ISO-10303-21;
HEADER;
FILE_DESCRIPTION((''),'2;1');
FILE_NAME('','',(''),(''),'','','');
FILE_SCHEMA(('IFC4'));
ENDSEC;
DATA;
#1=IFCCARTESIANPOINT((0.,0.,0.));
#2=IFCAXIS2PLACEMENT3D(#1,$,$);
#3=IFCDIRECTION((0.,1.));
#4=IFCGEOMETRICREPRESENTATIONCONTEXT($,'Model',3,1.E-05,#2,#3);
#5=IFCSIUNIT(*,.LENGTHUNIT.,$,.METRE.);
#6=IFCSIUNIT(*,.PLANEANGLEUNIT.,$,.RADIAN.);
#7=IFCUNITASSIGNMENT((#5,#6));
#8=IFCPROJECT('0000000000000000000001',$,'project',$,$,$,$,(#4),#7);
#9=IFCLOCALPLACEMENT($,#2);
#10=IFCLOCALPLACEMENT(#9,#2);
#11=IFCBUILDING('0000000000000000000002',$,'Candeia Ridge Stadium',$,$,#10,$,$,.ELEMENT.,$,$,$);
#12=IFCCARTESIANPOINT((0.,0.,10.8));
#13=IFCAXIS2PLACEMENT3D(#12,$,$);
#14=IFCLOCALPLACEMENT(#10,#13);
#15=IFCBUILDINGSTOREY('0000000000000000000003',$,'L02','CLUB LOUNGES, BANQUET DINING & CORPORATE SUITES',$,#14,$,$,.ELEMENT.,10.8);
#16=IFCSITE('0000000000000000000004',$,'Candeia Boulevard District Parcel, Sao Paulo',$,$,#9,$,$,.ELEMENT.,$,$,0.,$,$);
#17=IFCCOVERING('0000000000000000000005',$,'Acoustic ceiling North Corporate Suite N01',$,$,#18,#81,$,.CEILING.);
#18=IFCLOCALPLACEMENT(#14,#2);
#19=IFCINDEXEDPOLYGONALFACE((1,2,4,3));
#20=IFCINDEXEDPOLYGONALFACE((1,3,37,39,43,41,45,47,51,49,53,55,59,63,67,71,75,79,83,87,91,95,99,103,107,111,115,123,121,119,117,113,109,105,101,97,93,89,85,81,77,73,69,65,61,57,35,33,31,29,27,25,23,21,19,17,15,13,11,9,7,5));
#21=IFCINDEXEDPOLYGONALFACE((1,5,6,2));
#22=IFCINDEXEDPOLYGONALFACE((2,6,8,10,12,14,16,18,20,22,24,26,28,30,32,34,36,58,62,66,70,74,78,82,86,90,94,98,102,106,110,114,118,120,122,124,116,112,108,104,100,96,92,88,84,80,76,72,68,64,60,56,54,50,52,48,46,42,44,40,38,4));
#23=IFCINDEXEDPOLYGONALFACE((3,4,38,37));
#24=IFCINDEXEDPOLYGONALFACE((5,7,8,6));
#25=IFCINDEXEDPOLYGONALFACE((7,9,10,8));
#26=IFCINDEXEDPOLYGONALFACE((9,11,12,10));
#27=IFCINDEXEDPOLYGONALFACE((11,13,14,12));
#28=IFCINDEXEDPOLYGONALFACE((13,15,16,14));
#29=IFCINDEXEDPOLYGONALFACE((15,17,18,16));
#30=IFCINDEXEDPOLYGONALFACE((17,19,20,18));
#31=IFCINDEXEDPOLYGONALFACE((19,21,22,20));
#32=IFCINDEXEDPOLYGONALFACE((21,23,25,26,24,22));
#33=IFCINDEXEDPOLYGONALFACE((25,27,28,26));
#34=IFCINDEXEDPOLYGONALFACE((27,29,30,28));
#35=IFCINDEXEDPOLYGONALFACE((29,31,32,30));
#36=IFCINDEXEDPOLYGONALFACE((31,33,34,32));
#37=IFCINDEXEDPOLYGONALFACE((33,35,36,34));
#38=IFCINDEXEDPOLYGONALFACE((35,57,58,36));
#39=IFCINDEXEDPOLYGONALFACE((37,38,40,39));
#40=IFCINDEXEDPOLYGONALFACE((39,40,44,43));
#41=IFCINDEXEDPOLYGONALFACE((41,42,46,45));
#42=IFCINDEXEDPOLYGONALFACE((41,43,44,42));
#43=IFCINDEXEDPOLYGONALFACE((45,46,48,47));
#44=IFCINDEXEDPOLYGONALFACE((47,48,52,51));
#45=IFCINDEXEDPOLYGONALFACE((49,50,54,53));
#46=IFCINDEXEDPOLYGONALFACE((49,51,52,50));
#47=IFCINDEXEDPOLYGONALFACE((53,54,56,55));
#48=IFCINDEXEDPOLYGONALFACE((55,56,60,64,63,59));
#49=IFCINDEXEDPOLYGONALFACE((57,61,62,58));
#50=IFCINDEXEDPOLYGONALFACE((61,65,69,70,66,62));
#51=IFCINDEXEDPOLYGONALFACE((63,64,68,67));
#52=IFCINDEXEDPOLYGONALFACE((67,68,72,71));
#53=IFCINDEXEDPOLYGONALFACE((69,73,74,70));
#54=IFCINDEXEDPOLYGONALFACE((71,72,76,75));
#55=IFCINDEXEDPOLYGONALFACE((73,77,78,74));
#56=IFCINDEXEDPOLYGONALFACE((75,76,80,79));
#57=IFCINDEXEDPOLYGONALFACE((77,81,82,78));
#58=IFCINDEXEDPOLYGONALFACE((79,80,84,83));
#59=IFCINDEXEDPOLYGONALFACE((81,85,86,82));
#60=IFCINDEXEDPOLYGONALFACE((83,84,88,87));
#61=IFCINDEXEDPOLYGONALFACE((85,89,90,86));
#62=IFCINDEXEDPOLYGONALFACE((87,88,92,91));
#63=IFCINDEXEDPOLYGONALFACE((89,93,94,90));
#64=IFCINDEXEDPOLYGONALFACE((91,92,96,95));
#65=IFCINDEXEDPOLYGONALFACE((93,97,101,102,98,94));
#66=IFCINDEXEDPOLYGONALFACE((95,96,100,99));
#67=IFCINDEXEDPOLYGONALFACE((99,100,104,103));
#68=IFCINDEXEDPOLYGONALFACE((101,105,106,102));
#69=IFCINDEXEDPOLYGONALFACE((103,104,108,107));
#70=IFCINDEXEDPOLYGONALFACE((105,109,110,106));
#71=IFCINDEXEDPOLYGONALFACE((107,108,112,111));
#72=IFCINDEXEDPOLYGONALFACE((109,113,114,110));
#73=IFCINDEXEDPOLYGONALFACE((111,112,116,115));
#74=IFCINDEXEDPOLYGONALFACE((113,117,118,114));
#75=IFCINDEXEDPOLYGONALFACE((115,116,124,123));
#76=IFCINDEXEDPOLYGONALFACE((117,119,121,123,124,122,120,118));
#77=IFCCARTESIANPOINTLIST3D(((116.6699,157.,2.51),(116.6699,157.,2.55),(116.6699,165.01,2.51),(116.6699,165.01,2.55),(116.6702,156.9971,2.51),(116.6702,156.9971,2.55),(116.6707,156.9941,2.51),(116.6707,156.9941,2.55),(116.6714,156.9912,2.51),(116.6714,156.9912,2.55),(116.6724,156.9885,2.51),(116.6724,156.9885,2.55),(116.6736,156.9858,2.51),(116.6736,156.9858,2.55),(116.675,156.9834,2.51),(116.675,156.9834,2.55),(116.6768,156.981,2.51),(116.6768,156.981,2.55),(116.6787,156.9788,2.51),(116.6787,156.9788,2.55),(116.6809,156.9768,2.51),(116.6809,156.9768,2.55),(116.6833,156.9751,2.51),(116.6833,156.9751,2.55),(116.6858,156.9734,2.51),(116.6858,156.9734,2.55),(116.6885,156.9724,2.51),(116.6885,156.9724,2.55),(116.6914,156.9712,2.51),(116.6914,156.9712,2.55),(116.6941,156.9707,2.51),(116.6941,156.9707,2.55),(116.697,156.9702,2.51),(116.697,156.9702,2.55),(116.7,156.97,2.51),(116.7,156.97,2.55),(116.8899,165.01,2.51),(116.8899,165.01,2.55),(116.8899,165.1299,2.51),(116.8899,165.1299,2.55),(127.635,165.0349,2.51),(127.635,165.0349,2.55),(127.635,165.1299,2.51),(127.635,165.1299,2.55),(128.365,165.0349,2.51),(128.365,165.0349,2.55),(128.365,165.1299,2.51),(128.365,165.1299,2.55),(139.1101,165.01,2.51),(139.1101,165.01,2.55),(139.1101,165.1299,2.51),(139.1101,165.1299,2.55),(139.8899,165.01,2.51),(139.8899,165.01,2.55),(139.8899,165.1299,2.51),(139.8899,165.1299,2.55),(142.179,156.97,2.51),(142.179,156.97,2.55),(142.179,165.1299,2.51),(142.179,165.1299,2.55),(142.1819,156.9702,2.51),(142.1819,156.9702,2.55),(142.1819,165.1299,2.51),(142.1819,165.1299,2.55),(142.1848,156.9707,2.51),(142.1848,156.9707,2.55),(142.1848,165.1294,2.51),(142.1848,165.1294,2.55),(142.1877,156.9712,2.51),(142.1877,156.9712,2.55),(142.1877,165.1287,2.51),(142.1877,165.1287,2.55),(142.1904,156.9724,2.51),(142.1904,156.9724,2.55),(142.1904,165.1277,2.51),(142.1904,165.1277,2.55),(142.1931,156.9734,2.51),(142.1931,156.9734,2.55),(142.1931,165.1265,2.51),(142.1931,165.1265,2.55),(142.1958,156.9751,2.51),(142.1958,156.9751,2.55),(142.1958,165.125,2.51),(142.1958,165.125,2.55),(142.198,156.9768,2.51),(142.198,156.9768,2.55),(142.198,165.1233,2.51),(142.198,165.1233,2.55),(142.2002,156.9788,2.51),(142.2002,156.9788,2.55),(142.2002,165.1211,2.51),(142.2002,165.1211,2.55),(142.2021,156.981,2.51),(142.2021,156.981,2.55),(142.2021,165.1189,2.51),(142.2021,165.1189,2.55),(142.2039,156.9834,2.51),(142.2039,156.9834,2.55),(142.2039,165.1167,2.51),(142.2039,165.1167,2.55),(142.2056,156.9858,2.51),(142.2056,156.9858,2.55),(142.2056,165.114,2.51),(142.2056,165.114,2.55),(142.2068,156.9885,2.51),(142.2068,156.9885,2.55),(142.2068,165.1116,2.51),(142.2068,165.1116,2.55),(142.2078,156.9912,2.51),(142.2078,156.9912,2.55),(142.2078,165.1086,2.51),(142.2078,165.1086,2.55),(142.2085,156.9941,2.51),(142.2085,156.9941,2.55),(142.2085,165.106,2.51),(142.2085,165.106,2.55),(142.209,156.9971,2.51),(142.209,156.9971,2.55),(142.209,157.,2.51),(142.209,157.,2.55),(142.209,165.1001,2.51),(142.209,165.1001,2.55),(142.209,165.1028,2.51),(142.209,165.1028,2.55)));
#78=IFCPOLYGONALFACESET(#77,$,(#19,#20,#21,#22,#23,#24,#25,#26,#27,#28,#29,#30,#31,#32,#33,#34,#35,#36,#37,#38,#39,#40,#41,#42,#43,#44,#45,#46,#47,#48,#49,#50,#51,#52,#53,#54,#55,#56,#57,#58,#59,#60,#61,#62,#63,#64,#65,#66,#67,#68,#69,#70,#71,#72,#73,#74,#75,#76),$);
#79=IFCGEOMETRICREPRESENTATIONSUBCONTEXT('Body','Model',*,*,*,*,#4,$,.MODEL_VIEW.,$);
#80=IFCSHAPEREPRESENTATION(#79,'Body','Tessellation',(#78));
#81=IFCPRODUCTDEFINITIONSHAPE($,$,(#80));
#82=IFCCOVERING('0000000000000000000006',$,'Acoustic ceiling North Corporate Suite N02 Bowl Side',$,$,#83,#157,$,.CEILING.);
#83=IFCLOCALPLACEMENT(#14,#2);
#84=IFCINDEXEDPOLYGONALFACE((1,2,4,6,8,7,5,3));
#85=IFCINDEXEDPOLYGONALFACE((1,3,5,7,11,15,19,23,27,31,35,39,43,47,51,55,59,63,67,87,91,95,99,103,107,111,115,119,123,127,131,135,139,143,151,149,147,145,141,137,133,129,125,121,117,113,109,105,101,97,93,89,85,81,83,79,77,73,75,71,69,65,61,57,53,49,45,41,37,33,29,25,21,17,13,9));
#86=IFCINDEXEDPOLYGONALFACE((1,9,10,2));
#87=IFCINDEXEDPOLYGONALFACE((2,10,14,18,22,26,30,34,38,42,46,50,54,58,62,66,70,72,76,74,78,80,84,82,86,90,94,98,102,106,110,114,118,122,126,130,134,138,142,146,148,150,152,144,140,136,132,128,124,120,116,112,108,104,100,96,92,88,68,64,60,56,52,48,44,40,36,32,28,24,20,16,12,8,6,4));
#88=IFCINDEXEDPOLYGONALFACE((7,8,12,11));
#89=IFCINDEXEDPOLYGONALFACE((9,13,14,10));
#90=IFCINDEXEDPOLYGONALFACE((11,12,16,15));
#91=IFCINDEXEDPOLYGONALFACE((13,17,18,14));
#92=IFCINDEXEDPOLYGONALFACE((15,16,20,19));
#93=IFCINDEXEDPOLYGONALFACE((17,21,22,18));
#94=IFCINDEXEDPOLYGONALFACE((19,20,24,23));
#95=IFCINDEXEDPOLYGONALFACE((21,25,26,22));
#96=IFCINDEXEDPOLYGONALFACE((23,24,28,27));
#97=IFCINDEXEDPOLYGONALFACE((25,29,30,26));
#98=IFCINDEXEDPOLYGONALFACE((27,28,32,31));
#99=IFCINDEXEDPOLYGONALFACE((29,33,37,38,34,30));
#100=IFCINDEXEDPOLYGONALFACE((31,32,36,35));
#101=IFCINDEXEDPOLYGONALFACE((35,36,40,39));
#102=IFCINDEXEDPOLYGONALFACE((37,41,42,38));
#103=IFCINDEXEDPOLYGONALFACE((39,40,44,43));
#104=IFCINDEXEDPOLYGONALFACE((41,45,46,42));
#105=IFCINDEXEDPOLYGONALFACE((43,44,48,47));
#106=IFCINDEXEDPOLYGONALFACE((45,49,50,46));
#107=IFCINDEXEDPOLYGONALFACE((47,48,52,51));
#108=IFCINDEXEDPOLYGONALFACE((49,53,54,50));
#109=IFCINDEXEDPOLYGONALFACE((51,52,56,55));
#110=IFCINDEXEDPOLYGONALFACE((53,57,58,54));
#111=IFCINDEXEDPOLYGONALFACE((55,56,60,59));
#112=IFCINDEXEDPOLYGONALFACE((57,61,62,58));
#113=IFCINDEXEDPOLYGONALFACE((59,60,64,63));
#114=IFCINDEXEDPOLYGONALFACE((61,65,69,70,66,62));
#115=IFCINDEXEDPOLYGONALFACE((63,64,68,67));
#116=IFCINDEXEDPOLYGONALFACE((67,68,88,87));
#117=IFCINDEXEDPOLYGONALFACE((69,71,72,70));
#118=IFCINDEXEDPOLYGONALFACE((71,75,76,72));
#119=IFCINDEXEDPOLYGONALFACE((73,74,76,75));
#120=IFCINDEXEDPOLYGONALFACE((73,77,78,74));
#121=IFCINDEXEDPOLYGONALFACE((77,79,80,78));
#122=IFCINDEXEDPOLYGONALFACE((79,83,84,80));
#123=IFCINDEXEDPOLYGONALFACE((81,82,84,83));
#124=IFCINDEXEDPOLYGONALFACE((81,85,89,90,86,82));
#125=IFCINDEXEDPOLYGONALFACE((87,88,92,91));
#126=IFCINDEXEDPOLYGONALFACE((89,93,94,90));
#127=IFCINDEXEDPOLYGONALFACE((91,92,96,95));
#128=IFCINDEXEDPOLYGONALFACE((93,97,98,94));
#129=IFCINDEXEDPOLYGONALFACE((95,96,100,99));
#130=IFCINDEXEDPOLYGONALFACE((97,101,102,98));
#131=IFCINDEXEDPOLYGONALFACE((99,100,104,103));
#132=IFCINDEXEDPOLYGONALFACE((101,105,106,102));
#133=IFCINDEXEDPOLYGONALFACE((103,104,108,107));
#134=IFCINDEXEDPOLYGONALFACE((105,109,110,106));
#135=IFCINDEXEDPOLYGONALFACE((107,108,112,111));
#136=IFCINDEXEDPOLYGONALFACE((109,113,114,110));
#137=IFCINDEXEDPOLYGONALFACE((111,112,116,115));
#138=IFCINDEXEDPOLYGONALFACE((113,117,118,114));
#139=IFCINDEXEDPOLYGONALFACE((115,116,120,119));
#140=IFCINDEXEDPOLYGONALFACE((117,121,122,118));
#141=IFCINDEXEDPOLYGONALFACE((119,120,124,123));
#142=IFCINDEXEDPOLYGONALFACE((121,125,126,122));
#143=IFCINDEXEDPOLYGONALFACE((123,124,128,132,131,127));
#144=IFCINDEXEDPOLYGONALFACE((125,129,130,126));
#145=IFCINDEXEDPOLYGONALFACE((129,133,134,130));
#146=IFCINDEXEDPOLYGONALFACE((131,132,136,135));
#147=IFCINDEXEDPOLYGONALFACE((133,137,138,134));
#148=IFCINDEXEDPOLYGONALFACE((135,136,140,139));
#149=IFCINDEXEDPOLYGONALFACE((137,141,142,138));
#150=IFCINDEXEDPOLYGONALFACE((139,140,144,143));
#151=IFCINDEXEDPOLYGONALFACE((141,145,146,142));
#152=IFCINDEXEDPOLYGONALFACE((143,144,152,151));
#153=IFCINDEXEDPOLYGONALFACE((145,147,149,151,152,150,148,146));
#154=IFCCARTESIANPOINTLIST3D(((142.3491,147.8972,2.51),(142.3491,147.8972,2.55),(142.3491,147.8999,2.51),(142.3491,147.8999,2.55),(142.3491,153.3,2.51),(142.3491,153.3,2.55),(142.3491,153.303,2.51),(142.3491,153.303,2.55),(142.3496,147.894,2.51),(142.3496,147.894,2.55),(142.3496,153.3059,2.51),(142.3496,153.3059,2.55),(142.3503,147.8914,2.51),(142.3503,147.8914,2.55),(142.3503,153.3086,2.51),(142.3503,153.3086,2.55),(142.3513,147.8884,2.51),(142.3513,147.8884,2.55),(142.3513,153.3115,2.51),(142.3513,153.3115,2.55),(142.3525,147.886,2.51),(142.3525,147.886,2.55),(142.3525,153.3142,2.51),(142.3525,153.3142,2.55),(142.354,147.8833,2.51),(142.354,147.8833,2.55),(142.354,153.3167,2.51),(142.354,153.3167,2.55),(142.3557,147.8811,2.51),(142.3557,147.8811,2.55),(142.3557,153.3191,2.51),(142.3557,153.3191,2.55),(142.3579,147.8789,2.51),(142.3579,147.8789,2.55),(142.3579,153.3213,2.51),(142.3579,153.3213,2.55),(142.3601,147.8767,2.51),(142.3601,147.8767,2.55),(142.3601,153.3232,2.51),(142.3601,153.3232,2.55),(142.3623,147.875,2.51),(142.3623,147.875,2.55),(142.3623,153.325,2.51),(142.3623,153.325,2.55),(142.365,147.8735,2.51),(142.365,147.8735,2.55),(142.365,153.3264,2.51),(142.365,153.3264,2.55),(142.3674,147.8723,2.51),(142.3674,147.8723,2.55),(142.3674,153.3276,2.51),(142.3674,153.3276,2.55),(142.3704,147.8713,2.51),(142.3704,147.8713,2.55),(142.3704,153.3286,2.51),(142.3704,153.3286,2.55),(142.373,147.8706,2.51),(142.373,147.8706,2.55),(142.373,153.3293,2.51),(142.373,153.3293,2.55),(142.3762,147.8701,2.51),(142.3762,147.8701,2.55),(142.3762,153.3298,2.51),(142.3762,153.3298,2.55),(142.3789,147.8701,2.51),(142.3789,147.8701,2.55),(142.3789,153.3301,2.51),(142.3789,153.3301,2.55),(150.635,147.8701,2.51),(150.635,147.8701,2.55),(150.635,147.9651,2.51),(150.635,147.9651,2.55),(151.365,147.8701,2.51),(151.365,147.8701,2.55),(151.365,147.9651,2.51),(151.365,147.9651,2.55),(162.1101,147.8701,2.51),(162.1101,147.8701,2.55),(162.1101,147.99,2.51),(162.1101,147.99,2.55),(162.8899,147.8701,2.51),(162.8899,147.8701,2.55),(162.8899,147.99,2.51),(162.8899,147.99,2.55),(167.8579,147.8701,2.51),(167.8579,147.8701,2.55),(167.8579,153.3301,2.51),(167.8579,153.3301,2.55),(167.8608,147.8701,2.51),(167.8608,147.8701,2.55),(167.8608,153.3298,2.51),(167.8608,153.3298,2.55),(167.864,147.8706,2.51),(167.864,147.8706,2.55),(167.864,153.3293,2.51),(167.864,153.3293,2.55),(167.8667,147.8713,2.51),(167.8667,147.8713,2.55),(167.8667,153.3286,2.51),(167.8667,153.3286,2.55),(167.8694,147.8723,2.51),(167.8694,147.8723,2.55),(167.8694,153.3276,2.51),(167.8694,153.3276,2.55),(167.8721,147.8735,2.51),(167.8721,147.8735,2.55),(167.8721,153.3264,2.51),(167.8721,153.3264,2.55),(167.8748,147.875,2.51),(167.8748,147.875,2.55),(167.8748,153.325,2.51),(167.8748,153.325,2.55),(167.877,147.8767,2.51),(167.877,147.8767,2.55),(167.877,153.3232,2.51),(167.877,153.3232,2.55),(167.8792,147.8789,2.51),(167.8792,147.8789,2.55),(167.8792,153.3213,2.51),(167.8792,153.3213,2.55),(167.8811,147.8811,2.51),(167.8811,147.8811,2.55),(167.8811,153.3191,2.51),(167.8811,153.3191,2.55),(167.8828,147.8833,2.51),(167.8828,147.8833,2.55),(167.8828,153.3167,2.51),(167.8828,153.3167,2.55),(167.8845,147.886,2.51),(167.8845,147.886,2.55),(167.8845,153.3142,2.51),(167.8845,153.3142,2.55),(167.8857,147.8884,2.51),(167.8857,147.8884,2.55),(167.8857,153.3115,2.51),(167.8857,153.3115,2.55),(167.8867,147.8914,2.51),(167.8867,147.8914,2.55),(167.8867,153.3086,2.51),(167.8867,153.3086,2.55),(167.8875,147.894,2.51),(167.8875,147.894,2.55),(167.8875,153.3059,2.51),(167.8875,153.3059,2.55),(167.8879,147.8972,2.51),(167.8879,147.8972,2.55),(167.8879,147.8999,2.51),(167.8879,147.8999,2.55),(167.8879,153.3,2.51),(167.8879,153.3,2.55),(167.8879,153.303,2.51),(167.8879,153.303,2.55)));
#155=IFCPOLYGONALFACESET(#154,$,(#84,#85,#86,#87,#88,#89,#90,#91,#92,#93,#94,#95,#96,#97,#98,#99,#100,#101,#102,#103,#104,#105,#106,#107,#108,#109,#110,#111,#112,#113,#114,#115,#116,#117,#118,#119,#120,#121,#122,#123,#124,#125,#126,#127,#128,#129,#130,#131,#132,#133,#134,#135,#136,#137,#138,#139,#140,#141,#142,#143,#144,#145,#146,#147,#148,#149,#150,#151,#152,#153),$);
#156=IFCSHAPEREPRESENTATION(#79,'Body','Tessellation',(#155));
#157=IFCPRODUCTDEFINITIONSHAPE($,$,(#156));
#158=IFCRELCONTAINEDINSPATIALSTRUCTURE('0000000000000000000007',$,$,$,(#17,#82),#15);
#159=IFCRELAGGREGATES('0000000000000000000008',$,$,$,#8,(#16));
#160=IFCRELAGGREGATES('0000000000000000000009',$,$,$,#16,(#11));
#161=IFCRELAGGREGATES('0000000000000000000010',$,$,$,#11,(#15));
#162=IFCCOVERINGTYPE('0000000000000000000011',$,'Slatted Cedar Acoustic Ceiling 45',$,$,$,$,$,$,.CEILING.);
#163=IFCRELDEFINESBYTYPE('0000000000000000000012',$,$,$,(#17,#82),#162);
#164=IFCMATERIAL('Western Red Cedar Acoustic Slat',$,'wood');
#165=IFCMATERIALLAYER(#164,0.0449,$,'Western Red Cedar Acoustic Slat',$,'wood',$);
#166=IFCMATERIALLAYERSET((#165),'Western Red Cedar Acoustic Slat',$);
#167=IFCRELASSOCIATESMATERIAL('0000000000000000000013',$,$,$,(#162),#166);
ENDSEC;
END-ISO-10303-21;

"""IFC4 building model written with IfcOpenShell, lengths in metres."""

from ifc_helpers import new_model, si_unit, direction, frame, origin, place, context, subcontext, project, spatial, polyline, outline, extrude, material, layer, layer_set, type_object, element, save


model = new_model("IFC4")

# Units and contexts
model_context = context("Model", 3, precision=1e-05, world=origin(), true_north=direction((0.0, 1.0)))
body_context = subcontext(model_context, "Body", "Model", "MODEL_VIEW")
ifc_project = project(units=[si_unit("LENGTHUNIT", "METRE"), si_unit("PLANEANGLEUNIT", "RADIAN")], contexts=[model_context])

# Site, building, storey
site_placement = place(None, origin())
site = spatial("IfcSite", under=ifc_project, at=site_placement, Name="Candeia Boulevard District Parcel, Sao Paulo", CompositionType="ELEMENT", RefElevation=0.0)
building_placement = place(site_placement, origin())
building = spatial("IfcBuilding", under=site, at=building_placement, Name="Candeia Ridge Stadium", CompositionType="ELEMENT")
storey_placement = place(building_placement, frame((0.0, 0.0, 10.8)))
storey = spatial("IfcBuildingStorey", under=building, at=storey_placement, Name="L02", Description="CLUB LOUNGES, BANQUET DINING & CORPORATE SUITES", CompositionType="ELEMENT", Elevation=10.8)

# Coverings
ifc_material_1 = material(Name="Western Red Cedar Acoustic Slat", Category="wood")
ifc_layer_1 = layer(ifc_material_1, 0.0449, Name="Western Red Cedar Acoustic Slat", Category="wood")
ifc_layer_set_1 = layer_set([ifc_layer_1], Name="Western Red Cedar Acoustic Slat")
covering_type_1 = type_object("IfcCoveringType", Name="Slatted Cedar Acoustic Ceiling 45", PredefinedType="CEILING", material=ifc_layer_set_1)
covering_1_placement = place(storey_placement, frame((0.0, 0.0, 2.51)))
element("IfcCovering", 1, at=covering_1_placement, inside=storey, type_object=covering_type_1, Name="Acoustic ceiling North Corporate Suite N01", PredefinedType="CEILING", context=body_context, shape_type="SweptSolid", body=[
    extrude(outline(polyline([(116.6941, 156.9707), (116.6914, 156.9712), (116.6885, 156.9724), (116.6858, 156.9734), (116.6833, 156.9751), (116.6809, 156.9768), (116.6787, 156.9788), (116.6768, 156.981), (116.675, 156.9834), (116.6736, 156.9858), (116.6724, 156.9885), (116.6714, 156.9912), (116.6707, 156.9941), (116.6702, 156.9971), (116.6699, 157.0), (116.6699, 165.01), (116.8899, 165.01), (116.8899, 165.1299), (127.635, 165.1299), (127.635, 165.0349), (128.365, 165.0349), (128.365, 165.1299), (139.1101, 165.1299), (139.1101, 165.01), (139.8899, 165.01), (139.8899, 165.1299), (142.179, 165.1299), (142.1819, 165.1299), (142.1848, 165.1294), (142.1877, 165.1287), (142.1904, 165.1277), (142.1931, 165.1265), (142.1958, 165.125), (142.198, 165.1233), (142.2002, 165.1211), (142.2021, 165.1189), (142.2039, 165.1167), (142.2056, 165.114), (142.2068, 165.1116), (142.2078, 165.1086), (142.2085, 165.106), (142.209, 165.1028), (142.209, 165.1001), (142.209, 157.0), (142.209, 156.9971), (142.2085, 156.9941), (142.2078, 156.9912), (142.2068, 156.9885), (142.2056, 156.9858), (142.2039, 156.9834), (142.2021, 156.981), (142.2002, 156.9788), (142.198, 156.9768), (142.1958, 156.9751), (142.1931, 156.9734), (142.1904, 156.9724), (142.1877, 156.9712), (142.1848, 156.9707), (142.1819, 156.9702), (142.179, 156.97), (116.7, 156.97), (116.697, 156.9702), (116.6941, 156.9707)])), origin(), (0.0, 0.0, 1.0), 0.04),
])
covering_2_placement = place(storey_placement, frame((0.0, 0.0, 2.51)))
element("IfcCovering", 2, at=covering_2_placement, inside=storey, type_object=covering_type_1, Name="Acoustic ceiling North Corporate Suite N02 Bowl Side", PredefinedType="CEILING", context=body_context, shape_type="SweptSolid", body=[
    extrude(outline(polyline([(142.373, 147.8706), (142.3704, 147.8713), (142.3674, 147.8723), (142.365, 147.8735), (142.3623, 147.875), (142.3601, 147.8767), (142.3579, 147.8789), (142.3557, 147.8811), (142.354, 147.8833), (142.3525, 147.886), (142.3513, 147.8884), (142.3503, 147.8914), (142.3496, 147.894), (142.3491, 147.8972), (142.3491, 147.8999), (142.3491, 153.3), (142.3491, 153.303), (142.3496, 153.3059), (142.3503, 153.3086), (142.3513, 153.3115), (142.3525, 153.3142), (142.354, 153.3167), (142.3557, 153.3191), (142.3579, 153.3213), (142.3601, 153.3232), (142.3623, 153.325), (142.365, 153.3264), (142.3674, 153.3276), (142.3704, 153.3286), (142.373, 153.3293), (142.3762, 153.3298), (142.3789, 153.3301), (167.8579, 153.3301), (167.8608, 153.3298), (167.864, 153.3293), (167.8667, 153.3286), (167.8694, 153.3276), (167.8721, 153.3264), (167.8748, 153.325), (167.877, 153.3232), (167.8792, 153.3213), (167.8811, 153.3191), (167.8828, 153.3167), (167.8845, 153.3142), (167.8857, 153.3115), (167.8867, 153.3086), (167.8875, 153.3059), (167.8879, 153.303), (167.8879, 153.3), (167.8879, 147.8999), (167.8879, 147.8972), (167.8875, 147.894), (167.8867, 147.8914), (167.8857, 147.8884), (167.8845, 147.886), (167.8828, 147.8833), (167.8811, 147.8811), (167.8792, 147.8789), (167.877, 147.8767), (167.8748, 147.875), (167.8721, 147.8735), (167.8694, 147.8723), (167.8667, 147.8713), (167.864, 147.8706), (167.8608, 147.8701), (167.8579, 147.8701), (162.8899, 147.8701), (162.8899, 147.99), (162.1101, 147.99), (162.1101, 147.8701), (151.365, 147.8701), (151.365, 147.9651), (150.635, 147.9651), (150.635, 147.8701), (142.3789, 147.8701), (142.3762, 147.8701), (142.373, 147.8706)])), origin(), (0.0, 0.0, 1.0), 0.04),
])

save(model, "model.ifc")
